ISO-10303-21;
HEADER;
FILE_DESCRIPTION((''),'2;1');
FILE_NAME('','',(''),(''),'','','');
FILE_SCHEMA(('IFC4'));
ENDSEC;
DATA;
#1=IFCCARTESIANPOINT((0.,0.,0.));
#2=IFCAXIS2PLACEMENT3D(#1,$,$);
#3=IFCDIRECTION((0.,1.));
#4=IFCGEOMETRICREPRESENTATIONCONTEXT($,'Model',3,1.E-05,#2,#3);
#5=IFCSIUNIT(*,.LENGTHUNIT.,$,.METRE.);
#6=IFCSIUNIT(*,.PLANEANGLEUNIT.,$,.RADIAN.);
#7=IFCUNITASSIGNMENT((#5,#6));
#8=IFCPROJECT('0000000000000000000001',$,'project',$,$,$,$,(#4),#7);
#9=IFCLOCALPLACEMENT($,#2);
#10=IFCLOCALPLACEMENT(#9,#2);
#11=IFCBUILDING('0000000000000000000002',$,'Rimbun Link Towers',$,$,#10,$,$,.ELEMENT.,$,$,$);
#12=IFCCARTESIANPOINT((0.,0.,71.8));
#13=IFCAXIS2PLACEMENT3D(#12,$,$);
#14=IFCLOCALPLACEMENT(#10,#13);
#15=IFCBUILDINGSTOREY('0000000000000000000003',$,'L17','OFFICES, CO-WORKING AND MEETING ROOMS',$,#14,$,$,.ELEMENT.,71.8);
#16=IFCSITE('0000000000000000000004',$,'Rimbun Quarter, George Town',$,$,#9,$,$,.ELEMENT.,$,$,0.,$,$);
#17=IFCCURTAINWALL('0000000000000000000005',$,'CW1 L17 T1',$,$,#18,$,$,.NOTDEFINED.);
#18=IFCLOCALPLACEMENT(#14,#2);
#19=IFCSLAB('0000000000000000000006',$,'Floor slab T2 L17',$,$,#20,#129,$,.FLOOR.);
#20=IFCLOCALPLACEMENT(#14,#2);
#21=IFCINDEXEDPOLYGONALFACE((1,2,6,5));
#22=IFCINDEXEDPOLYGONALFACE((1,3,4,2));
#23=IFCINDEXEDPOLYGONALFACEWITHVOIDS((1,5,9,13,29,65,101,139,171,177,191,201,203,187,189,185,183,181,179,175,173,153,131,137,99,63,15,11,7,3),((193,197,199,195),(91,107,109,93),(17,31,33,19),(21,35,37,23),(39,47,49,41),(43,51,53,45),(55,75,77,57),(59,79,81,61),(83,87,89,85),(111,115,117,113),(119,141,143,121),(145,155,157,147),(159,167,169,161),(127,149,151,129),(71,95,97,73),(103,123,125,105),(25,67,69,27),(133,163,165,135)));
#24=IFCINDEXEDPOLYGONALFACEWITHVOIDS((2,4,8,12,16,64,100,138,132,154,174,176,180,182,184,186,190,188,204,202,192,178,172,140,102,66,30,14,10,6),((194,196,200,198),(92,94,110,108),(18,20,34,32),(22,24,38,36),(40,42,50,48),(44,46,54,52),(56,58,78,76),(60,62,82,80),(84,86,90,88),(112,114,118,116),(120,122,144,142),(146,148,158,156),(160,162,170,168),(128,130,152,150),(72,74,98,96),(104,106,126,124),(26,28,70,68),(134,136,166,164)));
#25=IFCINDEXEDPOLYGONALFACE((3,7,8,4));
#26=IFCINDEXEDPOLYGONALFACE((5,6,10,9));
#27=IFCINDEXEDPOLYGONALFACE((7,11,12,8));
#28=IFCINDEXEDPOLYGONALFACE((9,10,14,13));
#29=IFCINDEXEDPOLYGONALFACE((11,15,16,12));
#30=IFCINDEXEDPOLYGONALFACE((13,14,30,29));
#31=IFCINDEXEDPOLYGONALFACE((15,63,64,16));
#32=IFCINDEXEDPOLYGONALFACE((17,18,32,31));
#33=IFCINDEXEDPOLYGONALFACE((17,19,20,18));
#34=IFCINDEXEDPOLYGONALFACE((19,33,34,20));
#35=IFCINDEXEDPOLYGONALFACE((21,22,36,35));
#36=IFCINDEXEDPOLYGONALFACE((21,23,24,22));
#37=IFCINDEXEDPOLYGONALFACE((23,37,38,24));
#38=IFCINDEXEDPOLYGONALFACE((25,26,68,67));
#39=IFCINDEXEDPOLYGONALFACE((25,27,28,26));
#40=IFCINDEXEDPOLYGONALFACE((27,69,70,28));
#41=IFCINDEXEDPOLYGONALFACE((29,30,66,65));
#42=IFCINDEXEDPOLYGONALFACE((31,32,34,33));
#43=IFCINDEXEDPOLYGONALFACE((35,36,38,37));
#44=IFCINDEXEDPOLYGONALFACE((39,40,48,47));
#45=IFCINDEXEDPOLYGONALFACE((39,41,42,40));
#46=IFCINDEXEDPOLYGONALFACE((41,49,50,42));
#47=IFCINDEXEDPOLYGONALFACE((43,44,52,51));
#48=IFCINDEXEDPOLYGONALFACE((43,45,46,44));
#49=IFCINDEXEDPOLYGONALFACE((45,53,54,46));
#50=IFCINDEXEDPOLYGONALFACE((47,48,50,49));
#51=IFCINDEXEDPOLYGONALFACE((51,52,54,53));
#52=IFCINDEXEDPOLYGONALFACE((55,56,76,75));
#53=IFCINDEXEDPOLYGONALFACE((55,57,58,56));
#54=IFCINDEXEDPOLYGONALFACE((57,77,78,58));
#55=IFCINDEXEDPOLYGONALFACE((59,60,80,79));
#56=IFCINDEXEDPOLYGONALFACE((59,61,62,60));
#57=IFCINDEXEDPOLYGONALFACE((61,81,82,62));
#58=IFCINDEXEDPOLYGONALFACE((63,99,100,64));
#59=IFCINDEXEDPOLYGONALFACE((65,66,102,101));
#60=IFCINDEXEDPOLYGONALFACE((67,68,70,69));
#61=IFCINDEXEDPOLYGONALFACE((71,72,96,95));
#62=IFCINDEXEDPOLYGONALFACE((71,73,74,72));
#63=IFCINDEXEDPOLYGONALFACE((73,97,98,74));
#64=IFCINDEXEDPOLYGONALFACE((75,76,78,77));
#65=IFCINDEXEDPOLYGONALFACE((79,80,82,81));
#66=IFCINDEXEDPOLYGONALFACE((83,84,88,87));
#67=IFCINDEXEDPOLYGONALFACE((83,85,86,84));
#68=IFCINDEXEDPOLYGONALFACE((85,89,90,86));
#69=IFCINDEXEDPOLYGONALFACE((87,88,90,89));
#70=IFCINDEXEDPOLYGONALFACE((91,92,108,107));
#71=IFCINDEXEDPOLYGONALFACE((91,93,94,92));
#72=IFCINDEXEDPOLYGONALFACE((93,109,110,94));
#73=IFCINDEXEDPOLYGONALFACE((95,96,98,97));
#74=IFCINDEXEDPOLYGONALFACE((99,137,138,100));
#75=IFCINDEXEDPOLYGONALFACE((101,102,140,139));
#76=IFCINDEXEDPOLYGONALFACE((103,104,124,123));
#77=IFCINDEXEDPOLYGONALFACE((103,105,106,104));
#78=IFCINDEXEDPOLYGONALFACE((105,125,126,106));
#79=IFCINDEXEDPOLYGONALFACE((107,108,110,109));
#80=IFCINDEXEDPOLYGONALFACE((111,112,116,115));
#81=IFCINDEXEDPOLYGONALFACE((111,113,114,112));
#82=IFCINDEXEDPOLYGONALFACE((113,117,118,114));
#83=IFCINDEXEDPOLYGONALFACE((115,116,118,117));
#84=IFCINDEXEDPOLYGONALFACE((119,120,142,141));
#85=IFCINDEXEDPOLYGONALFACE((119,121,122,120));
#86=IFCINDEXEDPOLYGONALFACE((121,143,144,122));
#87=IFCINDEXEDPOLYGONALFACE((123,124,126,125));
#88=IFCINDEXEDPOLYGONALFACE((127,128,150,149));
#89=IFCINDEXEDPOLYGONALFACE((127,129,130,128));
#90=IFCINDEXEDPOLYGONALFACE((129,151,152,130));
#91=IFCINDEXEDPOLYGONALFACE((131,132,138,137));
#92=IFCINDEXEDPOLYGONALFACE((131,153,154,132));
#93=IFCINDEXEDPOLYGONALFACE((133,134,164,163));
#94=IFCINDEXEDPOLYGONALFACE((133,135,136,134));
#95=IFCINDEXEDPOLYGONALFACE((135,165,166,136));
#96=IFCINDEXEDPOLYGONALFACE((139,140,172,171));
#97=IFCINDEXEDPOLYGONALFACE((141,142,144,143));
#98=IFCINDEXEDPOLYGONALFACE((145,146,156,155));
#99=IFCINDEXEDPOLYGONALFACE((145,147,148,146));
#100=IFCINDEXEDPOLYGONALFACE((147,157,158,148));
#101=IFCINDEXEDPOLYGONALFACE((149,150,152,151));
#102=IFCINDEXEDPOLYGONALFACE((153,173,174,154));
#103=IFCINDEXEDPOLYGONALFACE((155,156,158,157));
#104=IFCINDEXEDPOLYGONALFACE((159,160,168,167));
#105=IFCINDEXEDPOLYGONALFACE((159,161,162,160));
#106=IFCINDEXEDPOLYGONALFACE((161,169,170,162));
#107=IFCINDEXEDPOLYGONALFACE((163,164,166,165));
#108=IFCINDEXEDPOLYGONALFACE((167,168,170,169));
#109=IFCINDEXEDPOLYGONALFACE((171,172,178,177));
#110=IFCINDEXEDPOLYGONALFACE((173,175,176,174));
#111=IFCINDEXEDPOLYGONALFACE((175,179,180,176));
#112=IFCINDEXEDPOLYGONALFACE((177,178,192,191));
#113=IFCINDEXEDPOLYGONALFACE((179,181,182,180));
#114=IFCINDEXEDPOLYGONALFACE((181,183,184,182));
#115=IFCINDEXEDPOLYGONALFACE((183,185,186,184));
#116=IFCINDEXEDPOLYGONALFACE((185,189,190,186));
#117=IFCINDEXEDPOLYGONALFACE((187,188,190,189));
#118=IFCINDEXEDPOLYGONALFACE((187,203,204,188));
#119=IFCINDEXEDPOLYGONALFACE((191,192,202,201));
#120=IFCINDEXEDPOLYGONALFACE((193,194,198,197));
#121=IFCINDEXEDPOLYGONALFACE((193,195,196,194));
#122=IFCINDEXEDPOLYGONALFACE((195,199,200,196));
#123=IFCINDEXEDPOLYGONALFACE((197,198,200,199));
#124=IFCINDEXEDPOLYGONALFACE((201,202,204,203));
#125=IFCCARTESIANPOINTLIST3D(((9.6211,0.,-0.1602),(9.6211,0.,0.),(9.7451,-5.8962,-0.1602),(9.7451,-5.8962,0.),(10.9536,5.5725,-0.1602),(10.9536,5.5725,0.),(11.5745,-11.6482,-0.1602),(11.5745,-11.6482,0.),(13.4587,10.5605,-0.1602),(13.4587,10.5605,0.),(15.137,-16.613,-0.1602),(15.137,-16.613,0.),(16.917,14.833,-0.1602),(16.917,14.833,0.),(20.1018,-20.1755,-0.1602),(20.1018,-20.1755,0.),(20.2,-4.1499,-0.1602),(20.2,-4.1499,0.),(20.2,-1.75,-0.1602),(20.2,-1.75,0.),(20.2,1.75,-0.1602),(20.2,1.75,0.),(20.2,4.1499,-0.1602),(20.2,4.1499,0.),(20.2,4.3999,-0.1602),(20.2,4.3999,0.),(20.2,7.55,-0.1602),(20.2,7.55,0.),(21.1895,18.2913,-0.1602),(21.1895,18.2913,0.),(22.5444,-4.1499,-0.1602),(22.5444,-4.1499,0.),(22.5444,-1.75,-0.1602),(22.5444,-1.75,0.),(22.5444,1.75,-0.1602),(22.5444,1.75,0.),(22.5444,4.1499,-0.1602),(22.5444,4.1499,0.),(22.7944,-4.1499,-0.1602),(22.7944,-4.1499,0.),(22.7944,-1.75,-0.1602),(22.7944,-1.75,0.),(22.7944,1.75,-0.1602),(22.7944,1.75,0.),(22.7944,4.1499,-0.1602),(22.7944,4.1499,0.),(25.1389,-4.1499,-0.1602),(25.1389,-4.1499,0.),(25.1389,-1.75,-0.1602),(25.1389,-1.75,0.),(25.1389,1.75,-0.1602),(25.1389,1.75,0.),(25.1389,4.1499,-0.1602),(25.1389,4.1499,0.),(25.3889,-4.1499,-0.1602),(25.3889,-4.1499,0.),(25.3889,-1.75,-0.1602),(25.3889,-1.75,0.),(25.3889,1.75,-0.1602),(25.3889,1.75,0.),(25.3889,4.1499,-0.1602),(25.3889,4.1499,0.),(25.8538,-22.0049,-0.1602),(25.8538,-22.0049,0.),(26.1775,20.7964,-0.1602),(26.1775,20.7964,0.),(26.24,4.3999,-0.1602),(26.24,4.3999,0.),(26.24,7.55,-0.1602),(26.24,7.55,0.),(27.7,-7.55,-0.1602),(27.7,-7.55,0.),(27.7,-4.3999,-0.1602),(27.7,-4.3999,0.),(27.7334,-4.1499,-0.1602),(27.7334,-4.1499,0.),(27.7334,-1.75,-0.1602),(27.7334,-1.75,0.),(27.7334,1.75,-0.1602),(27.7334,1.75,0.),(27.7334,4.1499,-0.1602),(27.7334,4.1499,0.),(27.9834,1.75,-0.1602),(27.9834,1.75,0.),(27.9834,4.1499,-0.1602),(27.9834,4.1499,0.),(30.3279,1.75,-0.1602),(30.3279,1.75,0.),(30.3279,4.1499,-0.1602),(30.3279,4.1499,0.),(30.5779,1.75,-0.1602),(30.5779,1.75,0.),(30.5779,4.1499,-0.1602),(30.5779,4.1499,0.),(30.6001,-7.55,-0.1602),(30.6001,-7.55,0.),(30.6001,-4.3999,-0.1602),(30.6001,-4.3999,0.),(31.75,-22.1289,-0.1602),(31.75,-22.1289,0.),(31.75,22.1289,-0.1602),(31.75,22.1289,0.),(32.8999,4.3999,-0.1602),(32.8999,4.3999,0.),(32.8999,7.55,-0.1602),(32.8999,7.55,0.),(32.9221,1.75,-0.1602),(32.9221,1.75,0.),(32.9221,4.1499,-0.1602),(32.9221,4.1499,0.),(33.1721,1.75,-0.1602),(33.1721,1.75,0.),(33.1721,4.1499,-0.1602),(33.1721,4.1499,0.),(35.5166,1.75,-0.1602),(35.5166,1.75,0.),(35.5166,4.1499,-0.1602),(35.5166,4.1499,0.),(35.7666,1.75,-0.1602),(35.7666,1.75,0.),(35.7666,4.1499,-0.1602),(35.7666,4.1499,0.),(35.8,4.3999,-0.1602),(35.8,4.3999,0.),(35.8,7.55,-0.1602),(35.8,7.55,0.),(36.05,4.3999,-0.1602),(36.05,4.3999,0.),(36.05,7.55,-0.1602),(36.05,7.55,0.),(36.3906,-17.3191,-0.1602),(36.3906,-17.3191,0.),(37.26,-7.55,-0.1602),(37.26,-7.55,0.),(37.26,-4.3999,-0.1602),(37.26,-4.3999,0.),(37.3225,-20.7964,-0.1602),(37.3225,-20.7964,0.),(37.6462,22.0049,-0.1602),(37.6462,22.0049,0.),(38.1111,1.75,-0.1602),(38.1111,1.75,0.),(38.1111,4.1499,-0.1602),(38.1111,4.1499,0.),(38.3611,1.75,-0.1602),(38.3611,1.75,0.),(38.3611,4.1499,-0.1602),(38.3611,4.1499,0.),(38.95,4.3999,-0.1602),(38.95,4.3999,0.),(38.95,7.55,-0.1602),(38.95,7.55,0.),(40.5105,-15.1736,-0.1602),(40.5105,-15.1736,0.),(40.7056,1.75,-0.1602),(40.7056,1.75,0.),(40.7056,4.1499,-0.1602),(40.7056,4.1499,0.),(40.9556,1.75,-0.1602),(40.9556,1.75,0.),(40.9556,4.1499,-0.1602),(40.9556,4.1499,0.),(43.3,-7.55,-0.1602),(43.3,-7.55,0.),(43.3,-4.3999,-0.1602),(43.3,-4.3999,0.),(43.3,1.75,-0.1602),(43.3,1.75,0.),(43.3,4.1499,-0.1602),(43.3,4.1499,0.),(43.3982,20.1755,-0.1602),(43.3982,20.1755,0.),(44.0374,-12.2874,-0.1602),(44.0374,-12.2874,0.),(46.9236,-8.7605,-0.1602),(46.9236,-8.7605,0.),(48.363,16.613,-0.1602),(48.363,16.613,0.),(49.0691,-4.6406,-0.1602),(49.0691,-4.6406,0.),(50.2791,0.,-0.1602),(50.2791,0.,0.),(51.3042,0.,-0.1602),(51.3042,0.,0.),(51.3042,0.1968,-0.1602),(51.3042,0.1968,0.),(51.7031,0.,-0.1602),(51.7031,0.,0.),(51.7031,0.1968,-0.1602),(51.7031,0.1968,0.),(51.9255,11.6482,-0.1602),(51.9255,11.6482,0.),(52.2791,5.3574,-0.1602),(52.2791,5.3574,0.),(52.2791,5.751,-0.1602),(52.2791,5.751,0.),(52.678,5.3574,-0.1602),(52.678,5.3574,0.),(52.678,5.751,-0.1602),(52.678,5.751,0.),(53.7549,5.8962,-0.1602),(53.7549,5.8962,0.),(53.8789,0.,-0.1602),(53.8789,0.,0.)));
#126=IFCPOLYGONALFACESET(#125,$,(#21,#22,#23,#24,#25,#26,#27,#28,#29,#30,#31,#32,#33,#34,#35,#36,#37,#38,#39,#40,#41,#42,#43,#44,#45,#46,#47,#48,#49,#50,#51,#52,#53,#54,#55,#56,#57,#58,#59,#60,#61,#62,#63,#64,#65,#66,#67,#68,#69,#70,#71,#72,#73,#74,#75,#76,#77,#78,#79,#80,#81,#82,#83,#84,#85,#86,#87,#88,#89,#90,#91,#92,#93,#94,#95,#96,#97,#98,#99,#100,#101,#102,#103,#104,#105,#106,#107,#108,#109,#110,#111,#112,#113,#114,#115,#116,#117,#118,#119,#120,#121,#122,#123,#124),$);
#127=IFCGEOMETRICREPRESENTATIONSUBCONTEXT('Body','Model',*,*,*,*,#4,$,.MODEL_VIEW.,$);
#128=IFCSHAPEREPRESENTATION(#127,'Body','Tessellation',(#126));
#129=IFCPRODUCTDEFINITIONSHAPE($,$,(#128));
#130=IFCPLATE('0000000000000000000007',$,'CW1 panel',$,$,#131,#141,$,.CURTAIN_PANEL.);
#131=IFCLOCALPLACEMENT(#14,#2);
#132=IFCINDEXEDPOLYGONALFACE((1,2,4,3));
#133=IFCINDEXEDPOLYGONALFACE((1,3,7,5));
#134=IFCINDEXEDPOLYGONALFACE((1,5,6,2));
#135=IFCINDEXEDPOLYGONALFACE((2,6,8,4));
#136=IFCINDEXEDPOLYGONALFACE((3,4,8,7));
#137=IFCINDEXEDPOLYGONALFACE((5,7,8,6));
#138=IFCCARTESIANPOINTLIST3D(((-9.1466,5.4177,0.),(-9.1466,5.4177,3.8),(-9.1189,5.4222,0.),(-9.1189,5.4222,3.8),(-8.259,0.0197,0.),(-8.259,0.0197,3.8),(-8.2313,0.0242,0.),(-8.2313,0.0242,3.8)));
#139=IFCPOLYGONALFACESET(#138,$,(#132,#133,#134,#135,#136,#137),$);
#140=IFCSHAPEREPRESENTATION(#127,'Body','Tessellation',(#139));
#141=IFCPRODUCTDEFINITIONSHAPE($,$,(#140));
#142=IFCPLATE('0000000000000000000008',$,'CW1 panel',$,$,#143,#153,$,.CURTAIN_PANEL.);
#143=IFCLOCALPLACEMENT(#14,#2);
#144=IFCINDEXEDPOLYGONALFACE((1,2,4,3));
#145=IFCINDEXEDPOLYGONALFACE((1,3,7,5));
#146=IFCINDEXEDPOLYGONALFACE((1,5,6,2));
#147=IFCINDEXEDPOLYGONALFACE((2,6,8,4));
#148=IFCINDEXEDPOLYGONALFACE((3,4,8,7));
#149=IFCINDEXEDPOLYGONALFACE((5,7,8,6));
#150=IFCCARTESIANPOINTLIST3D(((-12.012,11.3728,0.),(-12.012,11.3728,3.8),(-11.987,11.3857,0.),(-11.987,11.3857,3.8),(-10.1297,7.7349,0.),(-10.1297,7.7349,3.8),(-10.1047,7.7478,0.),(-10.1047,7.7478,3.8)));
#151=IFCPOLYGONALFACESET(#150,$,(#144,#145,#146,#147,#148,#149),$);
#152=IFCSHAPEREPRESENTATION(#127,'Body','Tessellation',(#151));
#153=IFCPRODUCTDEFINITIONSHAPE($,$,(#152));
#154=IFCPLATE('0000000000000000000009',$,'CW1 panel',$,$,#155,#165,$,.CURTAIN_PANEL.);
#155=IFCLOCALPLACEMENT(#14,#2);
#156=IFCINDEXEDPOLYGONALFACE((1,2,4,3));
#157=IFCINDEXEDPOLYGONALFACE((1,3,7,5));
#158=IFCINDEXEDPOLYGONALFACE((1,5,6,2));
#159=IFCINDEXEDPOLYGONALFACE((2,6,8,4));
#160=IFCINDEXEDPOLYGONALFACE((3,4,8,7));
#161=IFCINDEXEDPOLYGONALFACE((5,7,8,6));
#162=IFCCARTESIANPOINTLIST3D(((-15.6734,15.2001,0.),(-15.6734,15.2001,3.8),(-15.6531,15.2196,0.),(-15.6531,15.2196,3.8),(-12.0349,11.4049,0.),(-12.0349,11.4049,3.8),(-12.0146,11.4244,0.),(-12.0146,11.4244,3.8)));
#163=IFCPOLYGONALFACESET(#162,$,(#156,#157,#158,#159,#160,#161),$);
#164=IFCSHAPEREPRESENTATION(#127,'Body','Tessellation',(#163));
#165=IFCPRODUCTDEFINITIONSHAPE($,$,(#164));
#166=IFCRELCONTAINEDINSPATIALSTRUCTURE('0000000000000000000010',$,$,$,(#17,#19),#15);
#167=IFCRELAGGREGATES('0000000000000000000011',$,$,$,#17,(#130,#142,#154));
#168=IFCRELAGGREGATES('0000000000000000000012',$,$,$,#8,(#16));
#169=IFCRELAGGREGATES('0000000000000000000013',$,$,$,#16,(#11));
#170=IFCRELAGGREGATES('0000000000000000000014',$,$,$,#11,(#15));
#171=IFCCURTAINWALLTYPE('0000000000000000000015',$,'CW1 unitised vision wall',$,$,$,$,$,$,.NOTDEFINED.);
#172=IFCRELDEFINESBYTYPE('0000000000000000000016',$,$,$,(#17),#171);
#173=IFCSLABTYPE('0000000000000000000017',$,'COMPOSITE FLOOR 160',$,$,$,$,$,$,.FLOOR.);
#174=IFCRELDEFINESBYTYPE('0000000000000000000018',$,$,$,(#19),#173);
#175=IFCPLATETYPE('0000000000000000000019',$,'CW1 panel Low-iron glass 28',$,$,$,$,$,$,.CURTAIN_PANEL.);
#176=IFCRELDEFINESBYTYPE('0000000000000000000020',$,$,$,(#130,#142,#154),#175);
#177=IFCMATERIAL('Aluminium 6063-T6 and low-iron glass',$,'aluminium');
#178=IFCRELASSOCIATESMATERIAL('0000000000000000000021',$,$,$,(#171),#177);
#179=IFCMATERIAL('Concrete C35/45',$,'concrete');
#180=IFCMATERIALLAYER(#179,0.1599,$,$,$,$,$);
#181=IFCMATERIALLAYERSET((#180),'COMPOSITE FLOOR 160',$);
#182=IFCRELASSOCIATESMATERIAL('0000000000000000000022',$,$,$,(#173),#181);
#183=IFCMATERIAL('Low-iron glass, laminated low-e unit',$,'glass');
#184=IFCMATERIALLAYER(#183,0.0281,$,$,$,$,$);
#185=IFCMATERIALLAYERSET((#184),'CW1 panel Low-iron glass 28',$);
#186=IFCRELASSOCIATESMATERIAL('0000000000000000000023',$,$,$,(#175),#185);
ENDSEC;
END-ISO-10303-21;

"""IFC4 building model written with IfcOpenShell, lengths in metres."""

from ifc_helpers import new_model, si_unit, direction, frame, origin, origin_2d, place, context, subcontext, project, spatial, polyline, rectangle, outline, extrude, material, layer, layer_set, type_object, element, aggregate, save


model = new_model("IFC4")

# Units and contexts
model_context = context("Model", 3, precision=1e-05, world=origin(), true_north=direction((0.0, 1.0)))
body_context = subcontext(model_context, "Body", "Model", "MODEL_VIEW")
ifc_project = project(units=[si_unit("LENGTHUNIT", "METRE"), si_unit("PLANEANGLEUNIT", "RADIAN")], contexts=[model_context])

# Site, building, storey
site_placement = place(None, origin())
site = spatial("IfcSite", under=ifc_project, at=site_placement, Name="Rimbun Quarter, George Town", CompositionType="ELEMENT", RefElevation=0.0)
building_placement = place(site_placement, origin())
building = spatial("IfcBuilding", under=site, at=building_placement, Name="Rimbun Link Towers", CompositionType="ELEMENT")
storey_placement = place(building_placement, frame((0.0, 0.0, 71.8)))
storey = spatial("IfcBuildingStorey", under=building, at=storey_placement, Name="L17", Description="OFFICES, CO-WORKING AND MEETING ROOMS", CompositionType="ELEMENT", Elevation=71.8)

# Curtain wall
ifc_material_1 = material(Name="Aluminium 6063-T6 and low-iron glass", Category="aluminium")
curtain_wall_type = type_object("IfcCurtainWallType", Name="CW1 unitised vision wall", PredefinedType="NOTDEFINED", material=ifc_material_1)
curtain_wall_placement = place(storey_placement, origin())
curtain_wall = element("IfcCurtainWall", 1, at=curtain_wall_placement, inside=storey, type_object=curtain_wall_type, Name="CW1 L17 T1", PredefinedType="NOTDEFINED")

# Slab
ifc_material_2 = material(Name="Concrete C35/45", Category="concrete")
ifc_layer_1 = layer(ifc_material_2, 0.1599)
ifc_layer_set_1 = layer_set([ifc_layer_1], Name="COMPOSITE FLOOR 160")
slab_type = type_object("IfcSlabType", Name="COMPOSITE FLOOR 160", PredefinedType="FLOOR", material=ifc_layer_set_1)
slab_placement = place(storey_placement, frame((0.0, 0.0, -0.1602)))
element("IfcSlab", 2, at=slab_placement, inside=storey, type_object=slab_type, Name="Floor slab T2 L17", PredefinedType="FLOOR", context=body_context, shape_type="SweptSolid", body=[
    extrude(outline(polyline([(50.2791, 0.0), (49.0691, -4.6406), (46.9236, -8.7605), (44.0374, -12.2874), (40.5105, -15.1736), (36.3906, -17.3191), (37.3225, -20.7964), (31.75, -22.1289), (25.8538, -22.0049), (20.1018, -20.1755), (15.137, -16.613), (11.5745, -11.6482), (9.7451, -5.8962), (9.6211, 0.0), (10.9536, 5.5725), (13.4587, 10.5605), (16.917, 14.833), (21.1895, 18.2913), (26.1775, 20.7964), (31.75, 22.1289), (37.6462, 22.0049), (43.3982, 20.1755), (48.363, 16.613), (51.9255, 11.6482), (53.7549, 5.8962), (53.8789, 0.0), (51.7031, 0.0), (51.7031, 0.1968), (51.3042, 0.1968), (51.3042, 0.0), (50.2791, 0.0)]), holes=[polyline([(30.6001, -7.55), (30.6001, -4.3999), (27.7, -4.3999), (27.7, -7.55), (30.6001, -7.55)]), polyline([(22.5444, -4.1499), (22.5444, -1.75), (20.2, -1.75), (20.2, -4.1499), (22.5444, -4.1499)]), polyline([(25.1389, -4.1499), (25.1389, -1.75), (22.7944, -1.75), (22.7944, -4.1499), (25.1389, -4.1499)]), polyline([(27.7334, -4.1499), (27.7334, -1.75), (25.3889, -1.75), (25.3889, -4.1499), (27.7334, -4.1499)]), polyline([(22.5444, 1.75), (22.5444, 4.1499), (20.2, 4.1499), (20.2, 1.75), (22.5444, 1.75)]), polyline([(25.1389, 1.75), (25.1389, 4.1499), (22.7944, 4.1499), (22.7944, 1.75), (25.1389, 1.75)]), polyline([(27.7334, 1.75), (27.7334, 4.1499), (25.3889, 4.1499), (25.3889, 1.75), (27.7334, 1.75)]), polyline([(27.9834, 1.75), (30.3279, 1.75), (30.3279, 4.1499), (27.9834, 4.1499), (27.9834, 1.75)]), polyline([(30.5779, 1.75), (32.9221, 1.75), (32.9221, 4.1499), (30.5779, 4.1499), (30.5779, 1.75)]), polyline([(26.24, 4.3999), (26.24, 7.55), (20.2, 7.55), (20.2, 4.3999), (26.24, 4.3999)]), polyline([(43.3, -7.55), (43.3, -4.3999), (37.26, -4.3999), (37.26, -7.55), (43.3, -7.55)]), polyline([(33.1721, 1.75), (35.5166, 1.75), (35.5166, 4.1499), (33.1721, 4.1499), (33.1721, 1.75)]), polyline([(35.7666, 1.75), (38.1111, 1.75), (38.1111, 4.1499), (35.7666, 4.1499), (35.7666, 1.75)]), polyline([(40.7056, 1.75), (40.7056, 4.1499), (38.3611, 4.1499), (38.3611, 1.75), (40.7056, 1.75)]), polyline([(43.3, 1.75), (43.3, 4.1499), (40.9556, 4.1499), (40.9556, 1.75), (43.3, 1.75)]), polyline([(52.678, 5.3574), (52.678, 5.751), (52.2791, 5.751), (52.2791, 5.3574), (52.678, 5.3574)]), polyline([(32.8999, 4.3999), (35.8, 4.3999), (35.8, 7.55), (32.8999, 7.55), (32.8999, 4.3999)]), polyline([(36.05, 4.3999), (38.95, 4.3999), (38.95, 7.55), (36.05, 7.55), (36.05, 4.3999)])]), origin(), (0.0, 0.0, 1.0), 0.1602),
])

# Plates
ifc_material_3 = material(Name="Low-iron glass, laminated low-e unit", Category="glass")
ifc_layer_2 = layer(ifc_material_3, 0.0281)
ifc_layer_set_2 = layer_set([ifc_layer_2], Name="CW1 panel Low-iron glass 28")
plate_type = type_object("IfcPlateType", Name="CW1 panel Low-iron glass 28", PredefinedType="CURTAIN_PANEL", material=ifc_layer_set_2)
plate_1_placement = place(storey_placement, frame((-8.689, 2.7209, 0.0), z_axis=(0.0, 0.0, 1.0), x_axis=(0.16226, -0.986748, 0.0)))
plate_1 = element("IfcPlate", 3, at=plate_1_placement, type_object=plate_type, Name="CW1 panel", PredefinedType="CURTAIN_PANEL", context=body_context, shape_type="SweptSolid", body=[
    extrude(rectangle(XDim=5.4705, YDim=0.0281, at=origin_2d()), origin(), (0.0, 0.0, 1.0), 3.8),
])
plate_2_placement = place(storey_placement, frame((-11.0583, 9.5603, 0.0), z_axis=(0.0, 0.0, 1.0), x_axis=(0.459556, -0.888149, 0.0)))
plate_2 = element("IfcPlate", 4, at=plate_2_placement, type_object=plate_type, Name="CW1 panel", PredefinedType="CURTAIN_PANEL", context=body_context, shape_type="SweptSolid", body=[
    extrude(rectangle(XDim=4.0959, YDim=0.0281, at=origin_2d()), origin(), (0.0, 0.0, 1.0), 3.8),
])
plate_3_placement = place(storey_placement, frame((-13.844, 13.3123, 0.0), z_axis=(0.0, 0.0, 1.0), x_axis=(0.692045, -0.721854, 0.0)))
plate_3 = element("IfcPlate", 5, at=plate_3_placement, type_object=plate_type, Name="CW1 panel", PredefinedType="CURTAIN_PANEL", context=body_context, shape_type="SweptSolid", body=[
    extrude(rectangle(XDim=5.2576, YDim=0.0281, at=origin_2d()), origin(), (0.0, 0.0, 1.0), 3.8),
])
aggregate(curtain_wall, [plate_1, plate_2, plate_3])

save(model, "model.ifc")
